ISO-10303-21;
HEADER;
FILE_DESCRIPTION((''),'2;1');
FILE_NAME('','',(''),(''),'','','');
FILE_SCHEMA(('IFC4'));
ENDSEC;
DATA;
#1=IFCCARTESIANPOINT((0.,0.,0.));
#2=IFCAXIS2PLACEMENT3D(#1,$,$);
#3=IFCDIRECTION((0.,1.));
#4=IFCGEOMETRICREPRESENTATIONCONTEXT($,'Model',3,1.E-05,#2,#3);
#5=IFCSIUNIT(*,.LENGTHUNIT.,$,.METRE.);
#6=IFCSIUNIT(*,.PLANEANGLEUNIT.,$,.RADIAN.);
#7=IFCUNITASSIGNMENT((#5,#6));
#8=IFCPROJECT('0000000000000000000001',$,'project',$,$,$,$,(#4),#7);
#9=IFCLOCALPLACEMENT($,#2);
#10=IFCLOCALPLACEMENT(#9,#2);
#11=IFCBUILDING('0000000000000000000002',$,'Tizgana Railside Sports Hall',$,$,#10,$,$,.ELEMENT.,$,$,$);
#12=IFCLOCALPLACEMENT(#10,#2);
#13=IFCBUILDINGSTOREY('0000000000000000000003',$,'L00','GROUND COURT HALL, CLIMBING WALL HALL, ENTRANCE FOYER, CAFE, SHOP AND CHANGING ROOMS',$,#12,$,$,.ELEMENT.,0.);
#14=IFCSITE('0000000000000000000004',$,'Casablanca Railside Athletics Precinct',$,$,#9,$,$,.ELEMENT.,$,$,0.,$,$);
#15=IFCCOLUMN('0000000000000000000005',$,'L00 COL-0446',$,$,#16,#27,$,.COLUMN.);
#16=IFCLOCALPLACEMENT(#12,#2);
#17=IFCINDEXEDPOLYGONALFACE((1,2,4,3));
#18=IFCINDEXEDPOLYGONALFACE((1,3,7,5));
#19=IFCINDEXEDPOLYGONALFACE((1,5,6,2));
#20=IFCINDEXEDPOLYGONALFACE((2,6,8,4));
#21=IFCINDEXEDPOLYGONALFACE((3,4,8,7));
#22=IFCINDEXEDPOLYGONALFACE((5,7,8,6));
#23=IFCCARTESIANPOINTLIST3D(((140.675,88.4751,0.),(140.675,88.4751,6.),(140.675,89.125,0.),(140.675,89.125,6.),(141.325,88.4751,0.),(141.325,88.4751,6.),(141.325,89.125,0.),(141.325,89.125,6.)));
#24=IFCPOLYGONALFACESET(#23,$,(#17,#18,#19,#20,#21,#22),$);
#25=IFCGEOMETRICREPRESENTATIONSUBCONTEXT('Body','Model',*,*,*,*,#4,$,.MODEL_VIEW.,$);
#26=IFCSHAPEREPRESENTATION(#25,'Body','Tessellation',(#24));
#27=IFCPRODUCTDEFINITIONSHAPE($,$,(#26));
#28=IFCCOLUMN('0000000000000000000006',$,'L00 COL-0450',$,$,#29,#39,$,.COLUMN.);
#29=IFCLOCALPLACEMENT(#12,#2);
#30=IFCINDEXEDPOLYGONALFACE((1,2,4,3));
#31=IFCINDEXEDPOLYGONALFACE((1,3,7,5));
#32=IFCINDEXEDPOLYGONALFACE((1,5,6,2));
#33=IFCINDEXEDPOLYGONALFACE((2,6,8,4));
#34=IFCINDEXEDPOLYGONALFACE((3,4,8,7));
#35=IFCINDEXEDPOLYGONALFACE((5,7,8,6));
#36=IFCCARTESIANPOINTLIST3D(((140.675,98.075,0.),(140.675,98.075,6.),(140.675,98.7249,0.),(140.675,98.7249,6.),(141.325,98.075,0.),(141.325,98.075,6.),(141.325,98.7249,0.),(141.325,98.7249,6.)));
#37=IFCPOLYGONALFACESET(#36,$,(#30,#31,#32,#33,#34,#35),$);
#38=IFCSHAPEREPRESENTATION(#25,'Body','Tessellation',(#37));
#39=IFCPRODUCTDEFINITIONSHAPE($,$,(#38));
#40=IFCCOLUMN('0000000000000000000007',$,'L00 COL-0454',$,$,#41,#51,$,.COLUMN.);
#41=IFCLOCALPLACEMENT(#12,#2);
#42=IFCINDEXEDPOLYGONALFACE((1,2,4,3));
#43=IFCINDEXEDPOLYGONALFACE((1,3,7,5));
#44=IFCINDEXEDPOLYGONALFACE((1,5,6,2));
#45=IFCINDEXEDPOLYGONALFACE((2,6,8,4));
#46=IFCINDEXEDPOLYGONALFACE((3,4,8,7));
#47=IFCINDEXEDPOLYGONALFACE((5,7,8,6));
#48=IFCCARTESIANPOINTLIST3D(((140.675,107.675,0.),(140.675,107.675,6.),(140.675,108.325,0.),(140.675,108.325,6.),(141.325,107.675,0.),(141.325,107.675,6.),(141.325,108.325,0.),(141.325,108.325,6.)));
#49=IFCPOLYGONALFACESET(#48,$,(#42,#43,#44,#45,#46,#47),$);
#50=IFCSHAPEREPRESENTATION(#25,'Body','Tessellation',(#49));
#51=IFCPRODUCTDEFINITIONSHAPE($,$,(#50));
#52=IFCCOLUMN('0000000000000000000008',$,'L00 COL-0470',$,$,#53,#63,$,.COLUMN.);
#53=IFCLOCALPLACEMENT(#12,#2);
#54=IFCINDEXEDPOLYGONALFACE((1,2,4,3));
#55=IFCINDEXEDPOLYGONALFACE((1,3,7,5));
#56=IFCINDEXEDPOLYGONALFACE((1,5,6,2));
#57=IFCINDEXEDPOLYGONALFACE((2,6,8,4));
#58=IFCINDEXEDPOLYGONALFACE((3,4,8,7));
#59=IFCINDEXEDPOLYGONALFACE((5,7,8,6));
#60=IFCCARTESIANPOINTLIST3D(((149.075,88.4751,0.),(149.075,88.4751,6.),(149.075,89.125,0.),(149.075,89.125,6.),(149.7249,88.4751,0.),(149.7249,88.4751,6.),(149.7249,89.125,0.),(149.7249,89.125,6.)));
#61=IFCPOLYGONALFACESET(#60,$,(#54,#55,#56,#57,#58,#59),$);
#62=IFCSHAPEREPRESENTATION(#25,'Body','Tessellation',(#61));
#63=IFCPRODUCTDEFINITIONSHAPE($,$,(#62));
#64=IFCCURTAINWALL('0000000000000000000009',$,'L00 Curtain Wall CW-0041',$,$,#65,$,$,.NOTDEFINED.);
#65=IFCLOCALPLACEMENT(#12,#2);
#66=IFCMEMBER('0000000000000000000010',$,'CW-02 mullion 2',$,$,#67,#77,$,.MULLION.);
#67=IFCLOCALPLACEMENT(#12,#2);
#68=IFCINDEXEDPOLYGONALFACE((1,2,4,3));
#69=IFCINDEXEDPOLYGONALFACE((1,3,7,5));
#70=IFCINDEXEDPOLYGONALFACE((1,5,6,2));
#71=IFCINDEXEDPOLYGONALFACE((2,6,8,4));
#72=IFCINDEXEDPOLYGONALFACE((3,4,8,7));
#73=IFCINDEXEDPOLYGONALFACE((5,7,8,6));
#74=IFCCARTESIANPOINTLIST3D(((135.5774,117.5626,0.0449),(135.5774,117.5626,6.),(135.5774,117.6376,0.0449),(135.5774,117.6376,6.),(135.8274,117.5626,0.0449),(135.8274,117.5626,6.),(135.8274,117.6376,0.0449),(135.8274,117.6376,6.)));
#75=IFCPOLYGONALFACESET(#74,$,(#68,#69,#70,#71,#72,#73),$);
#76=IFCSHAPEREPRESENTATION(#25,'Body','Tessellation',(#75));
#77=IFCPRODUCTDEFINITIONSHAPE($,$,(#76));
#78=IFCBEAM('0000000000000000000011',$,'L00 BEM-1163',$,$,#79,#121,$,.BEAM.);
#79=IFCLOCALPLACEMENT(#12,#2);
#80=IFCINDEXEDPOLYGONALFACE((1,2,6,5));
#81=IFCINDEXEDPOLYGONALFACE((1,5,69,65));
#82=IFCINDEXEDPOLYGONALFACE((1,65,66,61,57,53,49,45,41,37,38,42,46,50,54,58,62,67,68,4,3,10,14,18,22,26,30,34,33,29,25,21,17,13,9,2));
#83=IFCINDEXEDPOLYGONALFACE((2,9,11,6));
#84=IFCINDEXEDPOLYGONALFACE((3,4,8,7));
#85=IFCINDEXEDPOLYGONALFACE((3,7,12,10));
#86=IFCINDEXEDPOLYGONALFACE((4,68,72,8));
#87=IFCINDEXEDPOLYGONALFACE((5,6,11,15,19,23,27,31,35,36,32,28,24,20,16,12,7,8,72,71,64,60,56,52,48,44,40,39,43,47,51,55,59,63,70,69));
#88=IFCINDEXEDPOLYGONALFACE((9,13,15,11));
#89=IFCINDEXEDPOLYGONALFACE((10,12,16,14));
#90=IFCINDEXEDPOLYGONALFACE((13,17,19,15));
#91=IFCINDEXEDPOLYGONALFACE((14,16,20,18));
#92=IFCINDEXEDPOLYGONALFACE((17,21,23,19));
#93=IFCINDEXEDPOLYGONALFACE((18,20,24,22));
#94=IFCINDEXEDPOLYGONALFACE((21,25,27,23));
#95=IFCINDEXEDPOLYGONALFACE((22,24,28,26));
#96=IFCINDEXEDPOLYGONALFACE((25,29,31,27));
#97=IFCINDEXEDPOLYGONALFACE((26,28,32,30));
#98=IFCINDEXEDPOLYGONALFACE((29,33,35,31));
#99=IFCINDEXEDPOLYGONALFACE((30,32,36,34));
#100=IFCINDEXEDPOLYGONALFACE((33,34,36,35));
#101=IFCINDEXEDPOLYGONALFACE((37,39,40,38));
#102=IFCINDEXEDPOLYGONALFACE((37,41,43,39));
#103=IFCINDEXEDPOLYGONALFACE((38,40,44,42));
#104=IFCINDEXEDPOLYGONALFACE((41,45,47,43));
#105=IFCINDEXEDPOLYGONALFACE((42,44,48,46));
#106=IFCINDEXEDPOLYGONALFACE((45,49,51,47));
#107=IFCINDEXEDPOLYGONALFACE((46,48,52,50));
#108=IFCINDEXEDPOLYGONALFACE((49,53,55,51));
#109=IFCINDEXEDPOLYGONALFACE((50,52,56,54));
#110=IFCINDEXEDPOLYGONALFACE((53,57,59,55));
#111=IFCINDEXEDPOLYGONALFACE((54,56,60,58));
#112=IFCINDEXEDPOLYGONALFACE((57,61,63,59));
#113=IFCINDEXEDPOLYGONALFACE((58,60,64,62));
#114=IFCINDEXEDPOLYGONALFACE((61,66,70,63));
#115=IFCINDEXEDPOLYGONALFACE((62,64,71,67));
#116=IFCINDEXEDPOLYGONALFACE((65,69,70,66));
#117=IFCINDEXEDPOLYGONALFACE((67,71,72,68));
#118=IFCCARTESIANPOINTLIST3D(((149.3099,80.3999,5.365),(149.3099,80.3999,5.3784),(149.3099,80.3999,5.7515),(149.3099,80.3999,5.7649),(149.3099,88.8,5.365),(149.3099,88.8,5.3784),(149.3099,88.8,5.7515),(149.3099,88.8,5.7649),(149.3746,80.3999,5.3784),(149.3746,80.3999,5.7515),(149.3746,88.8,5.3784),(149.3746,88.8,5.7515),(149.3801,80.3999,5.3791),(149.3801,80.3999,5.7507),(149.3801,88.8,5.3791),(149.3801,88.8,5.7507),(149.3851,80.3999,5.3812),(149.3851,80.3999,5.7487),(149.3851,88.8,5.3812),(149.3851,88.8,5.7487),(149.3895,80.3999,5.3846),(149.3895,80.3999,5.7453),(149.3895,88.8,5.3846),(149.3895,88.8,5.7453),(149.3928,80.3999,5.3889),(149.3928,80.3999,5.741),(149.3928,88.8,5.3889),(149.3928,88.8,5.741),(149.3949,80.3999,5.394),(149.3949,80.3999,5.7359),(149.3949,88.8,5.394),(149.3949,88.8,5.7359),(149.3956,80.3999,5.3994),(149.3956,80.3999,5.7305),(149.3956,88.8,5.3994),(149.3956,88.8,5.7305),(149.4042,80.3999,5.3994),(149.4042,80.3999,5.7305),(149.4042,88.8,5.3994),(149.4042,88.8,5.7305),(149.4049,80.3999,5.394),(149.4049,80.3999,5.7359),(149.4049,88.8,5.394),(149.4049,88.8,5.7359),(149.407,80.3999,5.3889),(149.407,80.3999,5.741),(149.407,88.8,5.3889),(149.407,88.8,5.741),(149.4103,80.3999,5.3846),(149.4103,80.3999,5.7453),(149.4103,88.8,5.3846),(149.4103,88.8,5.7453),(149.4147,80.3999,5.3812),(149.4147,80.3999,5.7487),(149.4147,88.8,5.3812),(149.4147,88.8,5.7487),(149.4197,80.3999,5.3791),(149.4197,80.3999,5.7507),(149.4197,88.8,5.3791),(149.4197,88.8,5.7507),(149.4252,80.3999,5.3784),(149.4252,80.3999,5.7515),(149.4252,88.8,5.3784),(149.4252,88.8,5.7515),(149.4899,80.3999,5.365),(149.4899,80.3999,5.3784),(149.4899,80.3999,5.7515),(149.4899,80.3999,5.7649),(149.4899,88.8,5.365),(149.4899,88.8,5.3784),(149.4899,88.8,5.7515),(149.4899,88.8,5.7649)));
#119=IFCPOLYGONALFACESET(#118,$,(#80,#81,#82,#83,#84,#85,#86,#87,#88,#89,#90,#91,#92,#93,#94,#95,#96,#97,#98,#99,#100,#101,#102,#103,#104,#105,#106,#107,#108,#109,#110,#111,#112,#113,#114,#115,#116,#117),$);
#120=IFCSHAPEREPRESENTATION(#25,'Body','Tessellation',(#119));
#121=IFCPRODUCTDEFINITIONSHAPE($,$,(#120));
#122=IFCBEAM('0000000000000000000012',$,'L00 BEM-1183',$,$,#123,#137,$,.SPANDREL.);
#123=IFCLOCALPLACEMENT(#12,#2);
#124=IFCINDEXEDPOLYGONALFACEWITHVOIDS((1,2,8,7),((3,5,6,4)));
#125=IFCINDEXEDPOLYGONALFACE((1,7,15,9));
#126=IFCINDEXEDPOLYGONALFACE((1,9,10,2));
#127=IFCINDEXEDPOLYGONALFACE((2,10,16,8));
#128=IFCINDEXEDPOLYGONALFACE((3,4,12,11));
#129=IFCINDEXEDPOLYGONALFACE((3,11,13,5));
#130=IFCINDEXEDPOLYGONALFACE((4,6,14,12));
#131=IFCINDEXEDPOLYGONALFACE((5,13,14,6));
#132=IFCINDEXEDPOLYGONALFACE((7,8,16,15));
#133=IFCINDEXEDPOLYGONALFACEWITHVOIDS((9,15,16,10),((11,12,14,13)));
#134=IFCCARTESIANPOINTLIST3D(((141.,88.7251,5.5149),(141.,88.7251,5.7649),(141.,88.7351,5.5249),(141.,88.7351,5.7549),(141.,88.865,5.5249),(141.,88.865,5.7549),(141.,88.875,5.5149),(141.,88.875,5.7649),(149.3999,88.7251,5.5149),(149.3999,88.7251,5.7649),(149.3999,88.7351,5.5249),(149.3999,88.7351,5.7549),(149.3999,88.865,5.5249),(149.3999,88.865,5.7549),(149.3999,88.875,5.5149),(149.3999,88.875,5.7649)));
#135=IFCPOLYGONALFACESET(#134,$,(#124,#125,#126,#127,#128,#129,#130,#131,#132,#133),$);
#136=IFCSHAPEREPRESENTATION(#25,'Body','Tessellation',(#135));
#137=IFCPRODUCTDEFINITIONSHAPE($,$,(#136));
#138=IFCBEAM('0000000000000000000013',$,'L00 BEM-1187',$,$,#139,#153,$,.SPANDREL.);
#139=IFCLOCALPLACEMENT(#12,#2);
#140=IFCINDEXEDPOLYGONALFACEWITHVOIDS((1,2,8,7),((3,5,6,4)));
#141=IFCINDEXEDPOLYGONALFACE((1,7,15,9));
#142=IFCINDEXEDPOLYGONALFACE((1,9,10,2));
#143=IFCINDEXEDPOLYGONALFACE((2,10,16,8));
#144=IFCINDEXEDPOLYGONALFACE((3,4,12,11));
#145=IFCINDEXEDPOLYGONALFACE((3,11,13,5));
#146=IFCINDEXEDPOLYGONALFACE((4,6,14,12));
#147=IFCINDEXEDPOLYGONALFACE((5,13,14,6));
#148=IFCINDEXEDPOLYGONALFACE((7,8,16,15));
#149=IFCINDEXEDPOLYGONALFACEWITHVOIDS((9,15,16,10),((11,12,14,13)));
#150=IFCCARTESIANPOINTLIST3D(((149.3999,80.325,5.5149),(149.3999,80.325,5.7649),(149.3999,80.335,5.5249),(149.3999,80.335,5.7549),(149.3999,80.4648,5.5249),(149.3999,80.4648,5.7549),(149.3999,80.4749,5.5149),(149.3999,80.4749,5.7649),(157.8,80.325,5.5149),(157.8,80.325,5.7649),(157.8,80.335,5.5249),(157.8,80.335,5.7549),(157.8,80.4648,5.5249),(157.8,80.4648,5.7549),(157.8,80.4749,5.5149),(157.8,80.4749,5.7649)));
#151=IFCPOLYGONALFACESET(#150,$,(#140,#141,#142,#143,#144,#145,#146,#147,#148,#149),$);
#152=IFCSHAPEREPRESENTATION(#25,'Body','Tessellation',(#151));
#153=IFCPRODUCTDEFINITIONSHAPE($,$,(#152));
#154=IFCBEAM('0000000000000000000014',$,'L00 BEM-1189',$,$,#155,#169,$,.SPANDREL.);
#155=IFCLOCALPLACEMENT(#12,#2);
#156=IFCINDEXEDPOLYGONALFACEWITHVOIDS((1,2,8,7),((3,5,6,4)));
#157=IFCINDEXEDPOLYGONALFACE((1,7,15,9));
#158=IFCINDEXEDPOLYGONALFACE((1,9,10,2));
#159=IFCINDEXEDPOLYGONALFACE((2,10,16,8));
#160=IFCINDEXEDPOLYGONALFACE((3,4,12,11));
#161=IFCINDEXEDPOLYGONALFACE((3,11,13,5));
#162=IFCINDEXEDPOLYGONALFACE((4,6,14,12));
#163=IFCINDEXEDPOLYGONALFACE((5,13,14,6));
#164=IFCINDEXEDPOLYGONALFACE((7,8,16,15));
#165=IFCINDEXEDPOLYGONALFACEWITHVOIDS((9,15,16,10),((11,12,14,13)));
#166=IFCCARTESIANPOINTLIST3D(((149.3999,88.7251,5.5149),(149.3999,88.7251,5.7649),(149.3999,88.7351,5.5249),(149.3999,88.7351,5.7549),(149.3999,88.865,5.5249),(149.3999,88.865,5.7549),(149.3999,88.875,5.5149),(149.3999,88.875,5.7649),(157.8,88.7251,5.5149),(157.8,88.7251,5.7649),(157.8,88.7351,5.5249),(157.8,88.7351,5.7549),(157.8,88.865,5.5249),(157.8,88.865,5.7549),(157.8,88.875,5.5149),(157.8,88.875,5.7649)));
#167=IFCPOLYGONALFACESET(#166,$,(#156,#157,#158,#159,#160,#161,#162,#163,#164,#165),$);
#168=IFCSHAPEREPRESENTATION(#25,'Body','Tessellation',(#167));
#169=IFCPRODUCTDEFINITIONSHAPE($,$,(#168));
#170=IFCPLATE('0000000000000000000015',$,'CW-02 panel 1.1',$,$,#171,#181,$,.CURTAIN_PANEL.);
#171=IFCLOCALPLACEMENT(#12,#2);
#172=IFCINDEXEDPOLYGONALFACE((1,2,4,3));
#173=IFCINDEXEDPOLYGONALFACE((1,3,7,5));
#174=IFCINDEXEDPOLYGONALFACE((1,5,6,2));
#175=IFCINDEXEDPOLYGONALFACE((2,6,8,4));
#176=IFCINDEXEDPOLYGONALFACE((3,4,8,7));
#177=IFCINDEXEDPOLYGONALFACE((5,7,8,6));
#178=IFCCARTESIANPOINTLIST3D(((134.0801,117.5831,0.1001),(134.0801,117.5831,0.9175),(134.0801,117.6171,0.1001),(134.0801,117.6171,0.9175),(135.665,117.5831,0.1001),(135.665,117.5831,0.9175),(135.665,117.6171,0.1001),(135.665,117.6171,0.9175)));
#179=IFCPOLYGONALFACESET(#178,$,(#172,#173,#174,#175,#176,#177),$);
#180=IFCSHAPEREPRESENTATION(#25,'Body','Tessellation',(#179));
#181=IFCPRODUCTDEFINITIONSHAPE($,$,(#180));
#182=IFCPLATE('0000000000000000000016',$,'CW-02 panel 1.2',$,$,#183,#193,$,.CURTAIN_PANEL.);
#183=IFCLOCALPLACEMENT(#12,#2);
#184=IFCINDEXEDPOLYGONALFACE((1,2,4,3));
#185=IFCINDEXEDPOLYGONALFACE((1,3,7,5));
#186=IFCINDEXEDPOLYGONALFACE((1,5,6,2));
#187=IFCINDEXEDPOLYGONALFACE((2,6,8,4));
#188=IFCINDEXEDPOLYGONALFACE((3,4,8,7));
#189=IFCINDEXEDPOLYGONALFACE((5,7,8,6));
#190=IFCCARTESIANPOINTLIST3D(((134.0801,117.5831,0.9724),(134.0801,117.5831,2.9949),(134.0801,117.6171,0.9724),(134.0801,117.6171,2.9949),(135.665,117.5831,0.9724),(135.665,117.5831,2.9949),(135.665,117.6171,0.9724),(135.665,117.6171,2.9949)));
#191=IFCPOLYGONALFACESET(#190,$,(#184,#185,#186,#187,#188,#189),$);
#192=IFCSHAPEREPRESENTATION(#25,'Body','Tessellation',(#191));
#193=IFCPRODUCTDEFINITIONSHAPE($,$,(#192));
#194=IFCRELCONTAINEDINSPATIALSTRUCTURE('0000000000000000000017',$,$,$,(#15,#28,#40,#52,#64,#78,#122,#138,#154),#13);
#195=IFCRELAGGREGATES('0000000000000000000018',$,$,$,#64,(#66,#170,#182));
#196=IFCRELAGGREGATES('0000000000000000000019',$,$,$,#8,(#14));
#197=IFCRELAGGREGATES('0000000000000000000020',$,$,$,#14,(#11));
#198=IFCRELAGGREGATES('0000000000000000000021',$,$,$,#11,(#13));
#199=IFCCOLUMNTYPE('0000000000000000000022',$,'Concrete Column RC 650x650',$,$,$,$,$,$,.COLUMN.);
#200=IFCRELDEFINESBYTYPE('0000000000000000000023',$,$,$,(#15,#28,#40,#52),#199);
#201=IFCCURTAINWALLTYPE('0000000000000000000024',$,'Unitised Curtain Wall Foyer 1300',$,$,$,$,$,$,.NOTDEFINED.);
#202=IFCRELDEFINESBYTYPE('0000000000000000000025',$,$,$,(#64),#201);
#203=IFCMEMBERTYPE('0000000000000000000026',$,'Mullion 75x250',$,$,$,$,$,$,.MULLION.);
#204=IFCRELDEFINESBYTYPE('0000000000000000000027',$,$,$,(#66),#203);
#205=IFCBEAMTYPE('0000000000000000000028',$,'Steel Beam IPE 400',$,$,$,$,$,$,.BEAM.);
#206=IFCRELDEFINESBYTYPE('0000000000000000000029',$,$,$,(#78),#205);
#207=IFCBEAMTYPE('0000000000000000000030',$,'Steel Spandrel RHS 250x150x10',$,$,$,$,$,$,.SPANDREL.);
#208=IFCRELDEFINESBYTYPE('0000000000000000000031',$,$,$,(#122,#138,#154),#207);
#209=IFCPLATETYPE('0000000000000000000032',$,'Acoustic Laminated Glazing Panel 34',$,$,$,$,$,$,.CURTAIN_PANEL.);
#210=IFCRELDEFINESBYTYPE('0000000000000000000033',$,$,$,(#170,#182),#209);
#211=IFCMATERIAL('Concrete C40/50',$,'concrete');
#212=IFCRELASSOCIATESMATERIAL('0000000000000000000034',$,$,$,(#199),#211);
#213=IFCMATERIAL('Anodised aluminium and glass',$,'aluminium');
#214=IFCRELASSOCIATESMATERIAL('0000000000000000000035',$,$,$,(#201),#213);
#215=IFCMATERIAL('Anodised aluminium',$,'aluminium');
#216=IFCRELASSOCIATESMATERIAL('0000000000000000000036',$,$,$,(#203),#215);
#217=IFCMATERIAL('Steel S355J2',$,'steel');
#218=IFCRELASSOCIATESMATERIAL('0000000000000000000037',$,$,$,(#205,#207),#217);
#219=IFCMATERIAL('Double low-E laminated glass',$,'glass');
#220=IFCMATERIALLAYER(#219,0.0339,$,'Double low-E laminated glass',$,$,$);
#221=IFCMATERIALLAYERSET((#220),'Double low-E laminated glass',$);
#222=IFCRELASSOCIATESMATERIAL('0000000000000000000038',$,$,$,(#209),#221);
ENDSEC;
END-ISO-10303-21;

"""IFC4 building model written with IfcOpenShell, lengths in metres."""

from ifc_helpers import new_model, si_unit, direction, frame, origin, origin_2d, place, context, subcontext, project, spatial, rectangle, hollow_rectangle, i_section, extrude, material, layer, layer_set, material_profile, profile_set, type_object, element, aggregate, save


model = new_model("IFC4")

# Units and contexts
model_context = context("Model", 3, precision=1e-05, world=origin(), true_north=direction((0.0, 1.0)))
body_context = subcontext(model_context, "Body", "Model", "MODEL_VIEW")
ifc_project = project(units=[si_unit("LENGTHUNIT", "METRE"), si_unit("PLANEANGLEUNIT", "RADIAN")], contexts=[model_context])

# Site, building, storey
site_placement = place(None, origin())
site = spatial("IfcSite", under=ifc_project, at=site_placement, Name="Casablanca Railside Athletics Precinct", CompositionType="ELEMENT", RefElevation=0.0)
building_placement = place(site_placement, origin())
building = spatial("IfcBuilding", under=site, at=building_placement, Name="Tizgana Railside Sports Hall", CompositionType="ELEMENT")
storey_placement = place(building_placement, origin())
storey = spatial("IfcBuildingStorey", under=building, at=storey_placement, Name="L00", Description="GROUND COURT HALL, CLIMBING WALL HALL, ENTRANCE FOYER, CAFE, SHOP AND CHANGING ROOMS", CompositionType="ELEMENT", Elevation=0.0)

# Columns
ifc_material_1 = material(Name="Concrete C40/50", Category="concrete")
ifc_material_profile_1 = material_profile(ifc_material_1, rectangle(XDim=0.6499, YDim=0.6499, at=origin_2d()), Name="RC 650x650")
ifc_profile_set_1 = profile_set([ifc_material_profile_1], Name="Concrete C40/50")
column_type = type_object("IfcColumnType", Name="Concrete Column RC 650x650", PredefinedType="COLUMN", material=ifc_profile_set_1)
for number, where, z_axis, x_axis, name in (
    (1, (141.0, 88.8, 0.0), (0.0, 0.0, 1.0), (1.0, 0.0, 0.0), "L00 COL-0446"),
    (2, (141.0, 98.3999, 0.0), (0.0, 0.0, 1.0), (1.0, 0.0, 0.0), "L00 COL-0450"),
    (3, (141.0, 108.0, 0.0), (0.0, 0.0, 1.0), (1.0, 0.0, 0.0), "L00 COL-0454"),
    (4, (149.3999, 88.8, 0.0), (0.0, 0.0, 1.0), (1.0, 0.0, 0.0), "L00 COL-0470"),
):
    element("IfcColumn", number, at=place(storey_placement, frame(where, z_axis=z_axis, x_axis=x_axis)), inside=storey, type_object=column_type, Name=name, PredefinedType="COLUMN", context=body_context, shape_type="SweptSolid", body=[
        extrude(rectangle(XDim=0.6499, YDim=0.6499, at=origin_2d()), origin(), (0.0, 0.0, 1.0), 6.0),
    ])

# Curtain wall, member
ifc_material_2 = material(Name="Anodised aluminium and glass", Category="aluminium")
curtain_wall_type = type_object("IfcCurtainWallType", Name="Unitised Curtain Wall Foyer 1300", PredefinedType="NOTDEFINED", material=ifc_material_2)
curtain_wall_placement = place(storey_placement, origin())
curtain_wall = element("IfcCurtainWall", 5, at=curtain_wall_placement, inside=storey, type_object=curtain_wall_type, Name="L00 Curtain Wall CW-0041", PredefinedType="NOTDEFINED")
ifc_material_3 = material(Name="Anodised aluminium", Category="aluminium")
ifc_material_profile_2 = material_profile(ifc_material_3, rectangle(XDim=0.075, YDim=0.25, at=origin_2d()), Name="Mullion 75x250")
ifc_profile_set_2 = profile_set([ifc_material_profile_2], Name="Anodised aluminium")
member_type = type_object("IfcMemberType", Name="Mullion 75x250", PredefinedType="MULLION", material=ifc_profile_set_2)
member_placement = place(storey_placement, frame((135.7024, 117.6001, 0.0449), z_axis=(0.0, 0.0, 1.0), x_axis=(0.0, 1.0, 0.0)))
member = element("IfcMember", 6, at=member_placement, type_object=member_type, Name="CW-02 mullion 2", PredefinedType="MULLION", context=body_context, shape_type="SweptSolid", body=[
    extrude(rectangle(XDim=0.075, YDim=0.25, at=origin_2d()), origin(), (0.0, 0.0, 1.0), 5.9551),
])

# Beams
ifc_material_4 = material(Name="Steel S355J2", Category="steel")
ifc_material_profile_3 = material_profile(ifc_material_4, i_section(OverallWidth=0.1799, OverallDepth=0.3999, WebThickness=0.0085, FlangeThickness=0.0134, FilletRadius=0.021, at=origin_2d()), Name="IPE 400")
ifc_profile_set_3 = profile_set([ifc_material_profile_3], Name="Steel S355J2")
beam_type_1 = type_object("IfcBeamType", Name="Steel Beam IPE 400", PredefinedType="BEAM", material=ifc_profile_set_3)
beam_1_placement = place(storey_placement, frame((149.3999, 80.3999, 5.5649), z_axis=(0.0, 1.0, 0.0), x_axis=(-1.0, 0.0, 0.0)))
element("IfcBeam", 7, at=beam_1_placement, inside=storey, type_object=beam_type_1, Name="L00 BEM-1163", PredefinedType="BEAM", context=body_context, shape_type="SweptSolid", body=[
    extrude(i_section(OverallWidth=0.1799, OverallDepth=0.3999, WebThickness=0.0085, FlangeThickness=0.0134, FilletRadius=0.021, at=origin_2d()), origin(), (0.0, 0.0, 1.0), 8.4001),
])
ifc_material_profile_4 = material_profile(ifc_material_4, hollow_rectangle(XDim=0.1499, YDim=0.25, WallThickness=0.01, at=origin_2d()), Name="RHS 250x150x10")
ifc_profile_set_4 = profile_set([ifc_material_profile_4], Name="Steel S355J2")
beam_type_2 = type_object("IfcBeamType", Name="Steel Spandrel RHS 250x150x10", PredefinedType="SPANDREL", material=ifc_profile_set_4)
beam_2_placement = place(storey_placement, frame((141.0, 88.8, 5.6399), z_axis=(1.0, 0.0, 0.0), x_axis=(0.0, 1.0, 0.0)))
element("IfcBeam", 8, at=beam_2_placement, inside=storey, type_object=beam_type_2, Name="L00 BEM-1183", PredefinedType="SPANDREL", context=body_context, shape_type="SweptSolid", body=[
    extrude(hollow_rectangle(XDim=0.1499, YDim=0.25, WallThickness=0.01, at=origin_2d()), origin(), (0.0, 0.0, 1.0), 8.3999),
])
for number, where, z_axis, x_axis, name in (
    (9, (149.3999, 80.3999, 5.6399), (1.0, 0.0, 0.0), (0.0, 1.0, 0.0), "L00 BEM-1187"),
    (10, (149.3999, 88.8, 5.6399), (1.0, 0.0, 0.0), (0.0, 1.0, 0.0), "L00 BEM-1189"),
):
    element("IfcBeam", number, at=place(storey_placement, frame(where, z_axis=z_axis, x_axis=x_axis)), inside=storey, type_object=beam_type_2, Name=name, PredefinedType="SPANDREL", context=body_context, shape_type="SweptSolid", body=[
        extrude(hollow_rectangle(XDim=0.1499, YDim=0.25, WallThickness=0.01, at=origin_2d()), origin(), (0.0, 0.0, 1.0), 8.4001),
    ])

# Plates
ifc_material_5 = material(Name="Double low-E laminated glass", Category="glass")
ifc_layer_1 = layer(ifc_material_5, 0.0339, Name="Double low-E laminated glass")
ifc_layer_set_1 = layer_set([ifc_layer_1], Name="Double low-E laminated glass")
plate_type = type_object("IfcPlateType", Name="Acoustic Laminated Glazing Panel 34", PredefinedType="CURTAIN_PANEL", material=ifc_layer_set_1)
plate_1_placement = place(storey_placement, frame((134.8726, 117.6001, 0.1001), z_axis=(0.0, 0.0, 1.0), x_axis=(1.0, 0.0, 0.0)))
plate_1 = element("IfcPlate", 11, at=plate_1_placement, type_object=plate_type, Name="CW-02 panel 1.1", PredefinedType="CURTAIN_PANEL", context=body_context, shape_type="SweptSolid", body=[
    extrude(rectangle(XDim=1.585, YDim=0.0339, at=origin_2d()), origin(), (0.0, 0.0, 1.0), 0.8174),
])
plate_2_placement = place(storey_placement, frame((134.8726, 117.6001, 0.9724), z_axis=(0.0, 0.0, 1.0), x_axis=(1.0, 0.0, 0.0)))
plate_2 = element("IfcPlate", 12, at=plate_2_placement, type_object=plate_type, Name="CW-02 panel 1.2", PredefinedType="CURTAIN_PANEL", context=body_context, shape_type="SweptSolid", body=[
    extrude(rectangle(XDim=1.585, YDim=0.0339, at=origin_2d()), origin(), (0.0, 0.0, 1.0), 2.0225),
])
aggregate(curtain_wall, [member, plate_1, plate_2])

save(model, "model.ifc")
